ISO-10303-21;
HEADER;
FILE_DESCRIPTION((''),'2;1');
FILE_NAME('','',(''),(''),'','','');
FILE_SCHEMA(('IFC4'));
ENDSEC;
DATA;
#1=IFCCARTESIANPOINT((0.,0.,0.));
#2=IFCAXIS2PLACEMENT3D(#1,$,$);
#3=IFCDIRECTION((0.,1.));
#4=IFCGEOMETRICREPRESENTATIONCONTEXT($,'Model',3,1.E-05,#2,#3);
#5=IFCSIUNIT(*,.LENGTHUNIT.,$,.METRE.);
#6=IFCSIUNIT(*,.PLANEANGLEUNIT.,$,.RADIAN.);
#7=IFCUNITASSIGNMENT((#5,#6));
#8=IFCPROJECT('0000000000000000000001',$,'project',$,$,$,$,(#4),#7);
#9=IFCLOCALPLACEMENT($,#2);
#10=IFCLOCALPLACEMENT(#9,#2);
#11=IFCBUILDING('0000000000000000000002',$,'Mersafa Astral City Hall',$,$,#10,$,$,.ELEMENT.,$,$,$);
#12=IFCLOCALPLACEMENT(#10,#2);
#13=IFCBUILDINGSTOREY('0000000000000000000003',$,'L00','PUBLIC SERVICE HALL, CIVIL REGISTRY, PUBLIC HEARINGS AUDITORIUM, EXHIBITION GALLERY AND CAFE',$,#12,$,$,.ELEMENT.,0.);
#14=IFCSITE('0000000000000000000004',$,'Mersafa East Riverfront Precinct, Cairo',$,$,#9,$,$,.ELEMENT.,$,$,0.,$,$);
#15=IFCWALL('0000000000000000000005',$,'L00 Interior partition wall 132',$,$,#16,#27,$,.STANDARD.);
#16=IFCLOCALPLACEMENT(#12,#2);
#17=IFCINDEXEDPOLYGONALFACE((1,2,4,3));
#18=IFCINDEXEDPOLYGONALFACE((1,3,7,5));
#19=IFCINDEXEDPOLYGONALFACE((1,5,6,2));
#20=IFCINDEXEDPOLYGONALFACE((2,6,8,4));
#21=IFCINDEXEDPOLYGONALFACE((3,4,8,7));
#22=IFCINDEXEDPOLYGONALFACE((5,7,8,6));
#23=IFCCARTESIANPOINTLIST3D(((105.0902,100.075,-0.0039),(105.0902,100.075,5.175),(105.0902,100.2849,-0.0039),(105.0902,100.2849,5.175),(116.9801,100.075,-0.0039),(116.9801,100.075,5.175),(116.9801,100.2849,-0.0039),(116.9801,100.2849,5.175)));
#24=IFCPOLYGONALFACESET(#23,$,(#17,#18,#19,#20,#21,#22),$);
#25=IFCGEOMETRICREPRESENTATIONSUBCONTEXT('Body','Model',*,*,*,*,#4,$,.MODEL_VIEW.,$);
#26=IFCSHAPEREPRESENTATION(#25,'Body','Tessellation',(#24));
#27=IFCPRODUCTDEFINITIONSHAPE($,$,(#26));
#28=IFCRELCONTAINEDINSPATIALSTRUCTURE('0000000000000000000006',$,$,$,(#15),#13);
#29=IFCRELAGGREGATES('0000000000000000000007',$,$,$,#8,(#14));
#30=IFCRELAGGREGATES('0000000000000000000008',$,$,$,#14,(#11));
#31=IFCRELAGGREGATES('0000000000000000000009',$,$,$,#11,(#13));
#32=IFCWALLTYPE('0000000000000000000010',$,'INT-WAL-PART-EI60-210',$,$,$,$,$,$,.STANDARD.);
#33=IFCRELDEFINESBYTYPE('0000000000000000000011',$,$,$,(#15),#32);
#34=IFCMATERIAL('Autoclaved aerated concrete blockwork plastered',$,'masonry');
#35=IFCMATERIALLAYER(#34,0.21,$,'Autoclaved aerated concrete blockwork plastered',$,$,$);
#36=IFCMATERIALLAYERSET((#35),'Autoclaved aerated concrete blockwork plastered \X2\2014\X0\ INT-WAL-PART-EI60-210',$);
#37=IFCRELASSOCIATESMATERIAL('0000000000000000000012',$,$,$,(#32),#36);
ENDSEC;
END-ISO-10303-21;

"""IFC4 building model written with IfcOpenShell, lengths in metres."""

from ifc_helpers import new_model, si_unit, direction, frame, frame_2d, origin, place, context, subcontext, project, spatial, rectangle, extrude, material, layer, layer_set, type_object, element, save


model = new_model("IFC4")

# Units and contexts
model_context = context("Model", 3, precision=1e-05, world=origin(), true_north=direction((0.0, 1.0)))
body_context = subcontext(model_context, "Body", "Model", "MODEL_VIEW")
ifc_project = project(units=[si_unit("LENGTHUNIT", "METRE"), si_unit("PLANEANGLEUNIT", "RADIAN")], contexts=[model_context])

# Site, building, storey
site_placement = place(None, origin())
site = spatial("IfcSite", under=ifc_project, at=site_placement, Name="Mersafa East Riverfront Precinct, Cairo", CompositionType="ELEMENT", RefElevation=0.0)
building_placement = place(site_placement, origin())
building = spatial("IfcBuilding", under=site, at=building_placement, Name="Mersafa Astral City Hall", CompositionType="ELEMENT")
storey_placement = place(building_placement, origin())
storey = spatial("IfcBuildingStorey", under=building, at=storey_placement, Name="L00", Description="PUBLIC SERVICE HALL, CIVIL REGISTRY, PUBLIC HEARINGS AUDITORIUM, EXHIBITION GALLERY AND CAFE", CompositionType="ELEMENT", Elevation=0.0)

# Wall
ifc_material_1 = material(Name="Autoclaved aerated concrete blockwork plastered", Category="masonry")
ifc_layer_1 = layer(ifc_material_1, 0.21, Name="Autoclaved aerated concrete blockwork plastered")
ifc_layer_set_1 = layer_set([ifc_layer_1], Name="Autoclaved aerated concrete blockwork plastered — INT-WAL-PART-EI60-210")
wall_type_1 = type_object("IfcWallType", Name="INT-WAL-PART-EI60-210", PredefinedType="STANDARD", material=ifc_layer_set_1)
wall_1_placement = place(storey_placement, frame((116.98, 100.1799, -0.0039), z_axis=(0.0, 0.0, 1.0), x_axis=(-1.0, 0.0, 0.0)))
element("IfcWall", 1, at=wall_1_placement, inside=storey, type_object=wall_type_1, Name="L00 Interior partition wall 132", PredefinedType="STANDARD", context=body_context, shape_type="SweptSolid", body=[
    extrude(rectangle(XDim=11.8899, YDim=0.21, at=frame_2d((5.9448, 0.0))), origin(), (0.0, 0.0, 1.0), 5.179),
])

save(model, "model.ifc")
